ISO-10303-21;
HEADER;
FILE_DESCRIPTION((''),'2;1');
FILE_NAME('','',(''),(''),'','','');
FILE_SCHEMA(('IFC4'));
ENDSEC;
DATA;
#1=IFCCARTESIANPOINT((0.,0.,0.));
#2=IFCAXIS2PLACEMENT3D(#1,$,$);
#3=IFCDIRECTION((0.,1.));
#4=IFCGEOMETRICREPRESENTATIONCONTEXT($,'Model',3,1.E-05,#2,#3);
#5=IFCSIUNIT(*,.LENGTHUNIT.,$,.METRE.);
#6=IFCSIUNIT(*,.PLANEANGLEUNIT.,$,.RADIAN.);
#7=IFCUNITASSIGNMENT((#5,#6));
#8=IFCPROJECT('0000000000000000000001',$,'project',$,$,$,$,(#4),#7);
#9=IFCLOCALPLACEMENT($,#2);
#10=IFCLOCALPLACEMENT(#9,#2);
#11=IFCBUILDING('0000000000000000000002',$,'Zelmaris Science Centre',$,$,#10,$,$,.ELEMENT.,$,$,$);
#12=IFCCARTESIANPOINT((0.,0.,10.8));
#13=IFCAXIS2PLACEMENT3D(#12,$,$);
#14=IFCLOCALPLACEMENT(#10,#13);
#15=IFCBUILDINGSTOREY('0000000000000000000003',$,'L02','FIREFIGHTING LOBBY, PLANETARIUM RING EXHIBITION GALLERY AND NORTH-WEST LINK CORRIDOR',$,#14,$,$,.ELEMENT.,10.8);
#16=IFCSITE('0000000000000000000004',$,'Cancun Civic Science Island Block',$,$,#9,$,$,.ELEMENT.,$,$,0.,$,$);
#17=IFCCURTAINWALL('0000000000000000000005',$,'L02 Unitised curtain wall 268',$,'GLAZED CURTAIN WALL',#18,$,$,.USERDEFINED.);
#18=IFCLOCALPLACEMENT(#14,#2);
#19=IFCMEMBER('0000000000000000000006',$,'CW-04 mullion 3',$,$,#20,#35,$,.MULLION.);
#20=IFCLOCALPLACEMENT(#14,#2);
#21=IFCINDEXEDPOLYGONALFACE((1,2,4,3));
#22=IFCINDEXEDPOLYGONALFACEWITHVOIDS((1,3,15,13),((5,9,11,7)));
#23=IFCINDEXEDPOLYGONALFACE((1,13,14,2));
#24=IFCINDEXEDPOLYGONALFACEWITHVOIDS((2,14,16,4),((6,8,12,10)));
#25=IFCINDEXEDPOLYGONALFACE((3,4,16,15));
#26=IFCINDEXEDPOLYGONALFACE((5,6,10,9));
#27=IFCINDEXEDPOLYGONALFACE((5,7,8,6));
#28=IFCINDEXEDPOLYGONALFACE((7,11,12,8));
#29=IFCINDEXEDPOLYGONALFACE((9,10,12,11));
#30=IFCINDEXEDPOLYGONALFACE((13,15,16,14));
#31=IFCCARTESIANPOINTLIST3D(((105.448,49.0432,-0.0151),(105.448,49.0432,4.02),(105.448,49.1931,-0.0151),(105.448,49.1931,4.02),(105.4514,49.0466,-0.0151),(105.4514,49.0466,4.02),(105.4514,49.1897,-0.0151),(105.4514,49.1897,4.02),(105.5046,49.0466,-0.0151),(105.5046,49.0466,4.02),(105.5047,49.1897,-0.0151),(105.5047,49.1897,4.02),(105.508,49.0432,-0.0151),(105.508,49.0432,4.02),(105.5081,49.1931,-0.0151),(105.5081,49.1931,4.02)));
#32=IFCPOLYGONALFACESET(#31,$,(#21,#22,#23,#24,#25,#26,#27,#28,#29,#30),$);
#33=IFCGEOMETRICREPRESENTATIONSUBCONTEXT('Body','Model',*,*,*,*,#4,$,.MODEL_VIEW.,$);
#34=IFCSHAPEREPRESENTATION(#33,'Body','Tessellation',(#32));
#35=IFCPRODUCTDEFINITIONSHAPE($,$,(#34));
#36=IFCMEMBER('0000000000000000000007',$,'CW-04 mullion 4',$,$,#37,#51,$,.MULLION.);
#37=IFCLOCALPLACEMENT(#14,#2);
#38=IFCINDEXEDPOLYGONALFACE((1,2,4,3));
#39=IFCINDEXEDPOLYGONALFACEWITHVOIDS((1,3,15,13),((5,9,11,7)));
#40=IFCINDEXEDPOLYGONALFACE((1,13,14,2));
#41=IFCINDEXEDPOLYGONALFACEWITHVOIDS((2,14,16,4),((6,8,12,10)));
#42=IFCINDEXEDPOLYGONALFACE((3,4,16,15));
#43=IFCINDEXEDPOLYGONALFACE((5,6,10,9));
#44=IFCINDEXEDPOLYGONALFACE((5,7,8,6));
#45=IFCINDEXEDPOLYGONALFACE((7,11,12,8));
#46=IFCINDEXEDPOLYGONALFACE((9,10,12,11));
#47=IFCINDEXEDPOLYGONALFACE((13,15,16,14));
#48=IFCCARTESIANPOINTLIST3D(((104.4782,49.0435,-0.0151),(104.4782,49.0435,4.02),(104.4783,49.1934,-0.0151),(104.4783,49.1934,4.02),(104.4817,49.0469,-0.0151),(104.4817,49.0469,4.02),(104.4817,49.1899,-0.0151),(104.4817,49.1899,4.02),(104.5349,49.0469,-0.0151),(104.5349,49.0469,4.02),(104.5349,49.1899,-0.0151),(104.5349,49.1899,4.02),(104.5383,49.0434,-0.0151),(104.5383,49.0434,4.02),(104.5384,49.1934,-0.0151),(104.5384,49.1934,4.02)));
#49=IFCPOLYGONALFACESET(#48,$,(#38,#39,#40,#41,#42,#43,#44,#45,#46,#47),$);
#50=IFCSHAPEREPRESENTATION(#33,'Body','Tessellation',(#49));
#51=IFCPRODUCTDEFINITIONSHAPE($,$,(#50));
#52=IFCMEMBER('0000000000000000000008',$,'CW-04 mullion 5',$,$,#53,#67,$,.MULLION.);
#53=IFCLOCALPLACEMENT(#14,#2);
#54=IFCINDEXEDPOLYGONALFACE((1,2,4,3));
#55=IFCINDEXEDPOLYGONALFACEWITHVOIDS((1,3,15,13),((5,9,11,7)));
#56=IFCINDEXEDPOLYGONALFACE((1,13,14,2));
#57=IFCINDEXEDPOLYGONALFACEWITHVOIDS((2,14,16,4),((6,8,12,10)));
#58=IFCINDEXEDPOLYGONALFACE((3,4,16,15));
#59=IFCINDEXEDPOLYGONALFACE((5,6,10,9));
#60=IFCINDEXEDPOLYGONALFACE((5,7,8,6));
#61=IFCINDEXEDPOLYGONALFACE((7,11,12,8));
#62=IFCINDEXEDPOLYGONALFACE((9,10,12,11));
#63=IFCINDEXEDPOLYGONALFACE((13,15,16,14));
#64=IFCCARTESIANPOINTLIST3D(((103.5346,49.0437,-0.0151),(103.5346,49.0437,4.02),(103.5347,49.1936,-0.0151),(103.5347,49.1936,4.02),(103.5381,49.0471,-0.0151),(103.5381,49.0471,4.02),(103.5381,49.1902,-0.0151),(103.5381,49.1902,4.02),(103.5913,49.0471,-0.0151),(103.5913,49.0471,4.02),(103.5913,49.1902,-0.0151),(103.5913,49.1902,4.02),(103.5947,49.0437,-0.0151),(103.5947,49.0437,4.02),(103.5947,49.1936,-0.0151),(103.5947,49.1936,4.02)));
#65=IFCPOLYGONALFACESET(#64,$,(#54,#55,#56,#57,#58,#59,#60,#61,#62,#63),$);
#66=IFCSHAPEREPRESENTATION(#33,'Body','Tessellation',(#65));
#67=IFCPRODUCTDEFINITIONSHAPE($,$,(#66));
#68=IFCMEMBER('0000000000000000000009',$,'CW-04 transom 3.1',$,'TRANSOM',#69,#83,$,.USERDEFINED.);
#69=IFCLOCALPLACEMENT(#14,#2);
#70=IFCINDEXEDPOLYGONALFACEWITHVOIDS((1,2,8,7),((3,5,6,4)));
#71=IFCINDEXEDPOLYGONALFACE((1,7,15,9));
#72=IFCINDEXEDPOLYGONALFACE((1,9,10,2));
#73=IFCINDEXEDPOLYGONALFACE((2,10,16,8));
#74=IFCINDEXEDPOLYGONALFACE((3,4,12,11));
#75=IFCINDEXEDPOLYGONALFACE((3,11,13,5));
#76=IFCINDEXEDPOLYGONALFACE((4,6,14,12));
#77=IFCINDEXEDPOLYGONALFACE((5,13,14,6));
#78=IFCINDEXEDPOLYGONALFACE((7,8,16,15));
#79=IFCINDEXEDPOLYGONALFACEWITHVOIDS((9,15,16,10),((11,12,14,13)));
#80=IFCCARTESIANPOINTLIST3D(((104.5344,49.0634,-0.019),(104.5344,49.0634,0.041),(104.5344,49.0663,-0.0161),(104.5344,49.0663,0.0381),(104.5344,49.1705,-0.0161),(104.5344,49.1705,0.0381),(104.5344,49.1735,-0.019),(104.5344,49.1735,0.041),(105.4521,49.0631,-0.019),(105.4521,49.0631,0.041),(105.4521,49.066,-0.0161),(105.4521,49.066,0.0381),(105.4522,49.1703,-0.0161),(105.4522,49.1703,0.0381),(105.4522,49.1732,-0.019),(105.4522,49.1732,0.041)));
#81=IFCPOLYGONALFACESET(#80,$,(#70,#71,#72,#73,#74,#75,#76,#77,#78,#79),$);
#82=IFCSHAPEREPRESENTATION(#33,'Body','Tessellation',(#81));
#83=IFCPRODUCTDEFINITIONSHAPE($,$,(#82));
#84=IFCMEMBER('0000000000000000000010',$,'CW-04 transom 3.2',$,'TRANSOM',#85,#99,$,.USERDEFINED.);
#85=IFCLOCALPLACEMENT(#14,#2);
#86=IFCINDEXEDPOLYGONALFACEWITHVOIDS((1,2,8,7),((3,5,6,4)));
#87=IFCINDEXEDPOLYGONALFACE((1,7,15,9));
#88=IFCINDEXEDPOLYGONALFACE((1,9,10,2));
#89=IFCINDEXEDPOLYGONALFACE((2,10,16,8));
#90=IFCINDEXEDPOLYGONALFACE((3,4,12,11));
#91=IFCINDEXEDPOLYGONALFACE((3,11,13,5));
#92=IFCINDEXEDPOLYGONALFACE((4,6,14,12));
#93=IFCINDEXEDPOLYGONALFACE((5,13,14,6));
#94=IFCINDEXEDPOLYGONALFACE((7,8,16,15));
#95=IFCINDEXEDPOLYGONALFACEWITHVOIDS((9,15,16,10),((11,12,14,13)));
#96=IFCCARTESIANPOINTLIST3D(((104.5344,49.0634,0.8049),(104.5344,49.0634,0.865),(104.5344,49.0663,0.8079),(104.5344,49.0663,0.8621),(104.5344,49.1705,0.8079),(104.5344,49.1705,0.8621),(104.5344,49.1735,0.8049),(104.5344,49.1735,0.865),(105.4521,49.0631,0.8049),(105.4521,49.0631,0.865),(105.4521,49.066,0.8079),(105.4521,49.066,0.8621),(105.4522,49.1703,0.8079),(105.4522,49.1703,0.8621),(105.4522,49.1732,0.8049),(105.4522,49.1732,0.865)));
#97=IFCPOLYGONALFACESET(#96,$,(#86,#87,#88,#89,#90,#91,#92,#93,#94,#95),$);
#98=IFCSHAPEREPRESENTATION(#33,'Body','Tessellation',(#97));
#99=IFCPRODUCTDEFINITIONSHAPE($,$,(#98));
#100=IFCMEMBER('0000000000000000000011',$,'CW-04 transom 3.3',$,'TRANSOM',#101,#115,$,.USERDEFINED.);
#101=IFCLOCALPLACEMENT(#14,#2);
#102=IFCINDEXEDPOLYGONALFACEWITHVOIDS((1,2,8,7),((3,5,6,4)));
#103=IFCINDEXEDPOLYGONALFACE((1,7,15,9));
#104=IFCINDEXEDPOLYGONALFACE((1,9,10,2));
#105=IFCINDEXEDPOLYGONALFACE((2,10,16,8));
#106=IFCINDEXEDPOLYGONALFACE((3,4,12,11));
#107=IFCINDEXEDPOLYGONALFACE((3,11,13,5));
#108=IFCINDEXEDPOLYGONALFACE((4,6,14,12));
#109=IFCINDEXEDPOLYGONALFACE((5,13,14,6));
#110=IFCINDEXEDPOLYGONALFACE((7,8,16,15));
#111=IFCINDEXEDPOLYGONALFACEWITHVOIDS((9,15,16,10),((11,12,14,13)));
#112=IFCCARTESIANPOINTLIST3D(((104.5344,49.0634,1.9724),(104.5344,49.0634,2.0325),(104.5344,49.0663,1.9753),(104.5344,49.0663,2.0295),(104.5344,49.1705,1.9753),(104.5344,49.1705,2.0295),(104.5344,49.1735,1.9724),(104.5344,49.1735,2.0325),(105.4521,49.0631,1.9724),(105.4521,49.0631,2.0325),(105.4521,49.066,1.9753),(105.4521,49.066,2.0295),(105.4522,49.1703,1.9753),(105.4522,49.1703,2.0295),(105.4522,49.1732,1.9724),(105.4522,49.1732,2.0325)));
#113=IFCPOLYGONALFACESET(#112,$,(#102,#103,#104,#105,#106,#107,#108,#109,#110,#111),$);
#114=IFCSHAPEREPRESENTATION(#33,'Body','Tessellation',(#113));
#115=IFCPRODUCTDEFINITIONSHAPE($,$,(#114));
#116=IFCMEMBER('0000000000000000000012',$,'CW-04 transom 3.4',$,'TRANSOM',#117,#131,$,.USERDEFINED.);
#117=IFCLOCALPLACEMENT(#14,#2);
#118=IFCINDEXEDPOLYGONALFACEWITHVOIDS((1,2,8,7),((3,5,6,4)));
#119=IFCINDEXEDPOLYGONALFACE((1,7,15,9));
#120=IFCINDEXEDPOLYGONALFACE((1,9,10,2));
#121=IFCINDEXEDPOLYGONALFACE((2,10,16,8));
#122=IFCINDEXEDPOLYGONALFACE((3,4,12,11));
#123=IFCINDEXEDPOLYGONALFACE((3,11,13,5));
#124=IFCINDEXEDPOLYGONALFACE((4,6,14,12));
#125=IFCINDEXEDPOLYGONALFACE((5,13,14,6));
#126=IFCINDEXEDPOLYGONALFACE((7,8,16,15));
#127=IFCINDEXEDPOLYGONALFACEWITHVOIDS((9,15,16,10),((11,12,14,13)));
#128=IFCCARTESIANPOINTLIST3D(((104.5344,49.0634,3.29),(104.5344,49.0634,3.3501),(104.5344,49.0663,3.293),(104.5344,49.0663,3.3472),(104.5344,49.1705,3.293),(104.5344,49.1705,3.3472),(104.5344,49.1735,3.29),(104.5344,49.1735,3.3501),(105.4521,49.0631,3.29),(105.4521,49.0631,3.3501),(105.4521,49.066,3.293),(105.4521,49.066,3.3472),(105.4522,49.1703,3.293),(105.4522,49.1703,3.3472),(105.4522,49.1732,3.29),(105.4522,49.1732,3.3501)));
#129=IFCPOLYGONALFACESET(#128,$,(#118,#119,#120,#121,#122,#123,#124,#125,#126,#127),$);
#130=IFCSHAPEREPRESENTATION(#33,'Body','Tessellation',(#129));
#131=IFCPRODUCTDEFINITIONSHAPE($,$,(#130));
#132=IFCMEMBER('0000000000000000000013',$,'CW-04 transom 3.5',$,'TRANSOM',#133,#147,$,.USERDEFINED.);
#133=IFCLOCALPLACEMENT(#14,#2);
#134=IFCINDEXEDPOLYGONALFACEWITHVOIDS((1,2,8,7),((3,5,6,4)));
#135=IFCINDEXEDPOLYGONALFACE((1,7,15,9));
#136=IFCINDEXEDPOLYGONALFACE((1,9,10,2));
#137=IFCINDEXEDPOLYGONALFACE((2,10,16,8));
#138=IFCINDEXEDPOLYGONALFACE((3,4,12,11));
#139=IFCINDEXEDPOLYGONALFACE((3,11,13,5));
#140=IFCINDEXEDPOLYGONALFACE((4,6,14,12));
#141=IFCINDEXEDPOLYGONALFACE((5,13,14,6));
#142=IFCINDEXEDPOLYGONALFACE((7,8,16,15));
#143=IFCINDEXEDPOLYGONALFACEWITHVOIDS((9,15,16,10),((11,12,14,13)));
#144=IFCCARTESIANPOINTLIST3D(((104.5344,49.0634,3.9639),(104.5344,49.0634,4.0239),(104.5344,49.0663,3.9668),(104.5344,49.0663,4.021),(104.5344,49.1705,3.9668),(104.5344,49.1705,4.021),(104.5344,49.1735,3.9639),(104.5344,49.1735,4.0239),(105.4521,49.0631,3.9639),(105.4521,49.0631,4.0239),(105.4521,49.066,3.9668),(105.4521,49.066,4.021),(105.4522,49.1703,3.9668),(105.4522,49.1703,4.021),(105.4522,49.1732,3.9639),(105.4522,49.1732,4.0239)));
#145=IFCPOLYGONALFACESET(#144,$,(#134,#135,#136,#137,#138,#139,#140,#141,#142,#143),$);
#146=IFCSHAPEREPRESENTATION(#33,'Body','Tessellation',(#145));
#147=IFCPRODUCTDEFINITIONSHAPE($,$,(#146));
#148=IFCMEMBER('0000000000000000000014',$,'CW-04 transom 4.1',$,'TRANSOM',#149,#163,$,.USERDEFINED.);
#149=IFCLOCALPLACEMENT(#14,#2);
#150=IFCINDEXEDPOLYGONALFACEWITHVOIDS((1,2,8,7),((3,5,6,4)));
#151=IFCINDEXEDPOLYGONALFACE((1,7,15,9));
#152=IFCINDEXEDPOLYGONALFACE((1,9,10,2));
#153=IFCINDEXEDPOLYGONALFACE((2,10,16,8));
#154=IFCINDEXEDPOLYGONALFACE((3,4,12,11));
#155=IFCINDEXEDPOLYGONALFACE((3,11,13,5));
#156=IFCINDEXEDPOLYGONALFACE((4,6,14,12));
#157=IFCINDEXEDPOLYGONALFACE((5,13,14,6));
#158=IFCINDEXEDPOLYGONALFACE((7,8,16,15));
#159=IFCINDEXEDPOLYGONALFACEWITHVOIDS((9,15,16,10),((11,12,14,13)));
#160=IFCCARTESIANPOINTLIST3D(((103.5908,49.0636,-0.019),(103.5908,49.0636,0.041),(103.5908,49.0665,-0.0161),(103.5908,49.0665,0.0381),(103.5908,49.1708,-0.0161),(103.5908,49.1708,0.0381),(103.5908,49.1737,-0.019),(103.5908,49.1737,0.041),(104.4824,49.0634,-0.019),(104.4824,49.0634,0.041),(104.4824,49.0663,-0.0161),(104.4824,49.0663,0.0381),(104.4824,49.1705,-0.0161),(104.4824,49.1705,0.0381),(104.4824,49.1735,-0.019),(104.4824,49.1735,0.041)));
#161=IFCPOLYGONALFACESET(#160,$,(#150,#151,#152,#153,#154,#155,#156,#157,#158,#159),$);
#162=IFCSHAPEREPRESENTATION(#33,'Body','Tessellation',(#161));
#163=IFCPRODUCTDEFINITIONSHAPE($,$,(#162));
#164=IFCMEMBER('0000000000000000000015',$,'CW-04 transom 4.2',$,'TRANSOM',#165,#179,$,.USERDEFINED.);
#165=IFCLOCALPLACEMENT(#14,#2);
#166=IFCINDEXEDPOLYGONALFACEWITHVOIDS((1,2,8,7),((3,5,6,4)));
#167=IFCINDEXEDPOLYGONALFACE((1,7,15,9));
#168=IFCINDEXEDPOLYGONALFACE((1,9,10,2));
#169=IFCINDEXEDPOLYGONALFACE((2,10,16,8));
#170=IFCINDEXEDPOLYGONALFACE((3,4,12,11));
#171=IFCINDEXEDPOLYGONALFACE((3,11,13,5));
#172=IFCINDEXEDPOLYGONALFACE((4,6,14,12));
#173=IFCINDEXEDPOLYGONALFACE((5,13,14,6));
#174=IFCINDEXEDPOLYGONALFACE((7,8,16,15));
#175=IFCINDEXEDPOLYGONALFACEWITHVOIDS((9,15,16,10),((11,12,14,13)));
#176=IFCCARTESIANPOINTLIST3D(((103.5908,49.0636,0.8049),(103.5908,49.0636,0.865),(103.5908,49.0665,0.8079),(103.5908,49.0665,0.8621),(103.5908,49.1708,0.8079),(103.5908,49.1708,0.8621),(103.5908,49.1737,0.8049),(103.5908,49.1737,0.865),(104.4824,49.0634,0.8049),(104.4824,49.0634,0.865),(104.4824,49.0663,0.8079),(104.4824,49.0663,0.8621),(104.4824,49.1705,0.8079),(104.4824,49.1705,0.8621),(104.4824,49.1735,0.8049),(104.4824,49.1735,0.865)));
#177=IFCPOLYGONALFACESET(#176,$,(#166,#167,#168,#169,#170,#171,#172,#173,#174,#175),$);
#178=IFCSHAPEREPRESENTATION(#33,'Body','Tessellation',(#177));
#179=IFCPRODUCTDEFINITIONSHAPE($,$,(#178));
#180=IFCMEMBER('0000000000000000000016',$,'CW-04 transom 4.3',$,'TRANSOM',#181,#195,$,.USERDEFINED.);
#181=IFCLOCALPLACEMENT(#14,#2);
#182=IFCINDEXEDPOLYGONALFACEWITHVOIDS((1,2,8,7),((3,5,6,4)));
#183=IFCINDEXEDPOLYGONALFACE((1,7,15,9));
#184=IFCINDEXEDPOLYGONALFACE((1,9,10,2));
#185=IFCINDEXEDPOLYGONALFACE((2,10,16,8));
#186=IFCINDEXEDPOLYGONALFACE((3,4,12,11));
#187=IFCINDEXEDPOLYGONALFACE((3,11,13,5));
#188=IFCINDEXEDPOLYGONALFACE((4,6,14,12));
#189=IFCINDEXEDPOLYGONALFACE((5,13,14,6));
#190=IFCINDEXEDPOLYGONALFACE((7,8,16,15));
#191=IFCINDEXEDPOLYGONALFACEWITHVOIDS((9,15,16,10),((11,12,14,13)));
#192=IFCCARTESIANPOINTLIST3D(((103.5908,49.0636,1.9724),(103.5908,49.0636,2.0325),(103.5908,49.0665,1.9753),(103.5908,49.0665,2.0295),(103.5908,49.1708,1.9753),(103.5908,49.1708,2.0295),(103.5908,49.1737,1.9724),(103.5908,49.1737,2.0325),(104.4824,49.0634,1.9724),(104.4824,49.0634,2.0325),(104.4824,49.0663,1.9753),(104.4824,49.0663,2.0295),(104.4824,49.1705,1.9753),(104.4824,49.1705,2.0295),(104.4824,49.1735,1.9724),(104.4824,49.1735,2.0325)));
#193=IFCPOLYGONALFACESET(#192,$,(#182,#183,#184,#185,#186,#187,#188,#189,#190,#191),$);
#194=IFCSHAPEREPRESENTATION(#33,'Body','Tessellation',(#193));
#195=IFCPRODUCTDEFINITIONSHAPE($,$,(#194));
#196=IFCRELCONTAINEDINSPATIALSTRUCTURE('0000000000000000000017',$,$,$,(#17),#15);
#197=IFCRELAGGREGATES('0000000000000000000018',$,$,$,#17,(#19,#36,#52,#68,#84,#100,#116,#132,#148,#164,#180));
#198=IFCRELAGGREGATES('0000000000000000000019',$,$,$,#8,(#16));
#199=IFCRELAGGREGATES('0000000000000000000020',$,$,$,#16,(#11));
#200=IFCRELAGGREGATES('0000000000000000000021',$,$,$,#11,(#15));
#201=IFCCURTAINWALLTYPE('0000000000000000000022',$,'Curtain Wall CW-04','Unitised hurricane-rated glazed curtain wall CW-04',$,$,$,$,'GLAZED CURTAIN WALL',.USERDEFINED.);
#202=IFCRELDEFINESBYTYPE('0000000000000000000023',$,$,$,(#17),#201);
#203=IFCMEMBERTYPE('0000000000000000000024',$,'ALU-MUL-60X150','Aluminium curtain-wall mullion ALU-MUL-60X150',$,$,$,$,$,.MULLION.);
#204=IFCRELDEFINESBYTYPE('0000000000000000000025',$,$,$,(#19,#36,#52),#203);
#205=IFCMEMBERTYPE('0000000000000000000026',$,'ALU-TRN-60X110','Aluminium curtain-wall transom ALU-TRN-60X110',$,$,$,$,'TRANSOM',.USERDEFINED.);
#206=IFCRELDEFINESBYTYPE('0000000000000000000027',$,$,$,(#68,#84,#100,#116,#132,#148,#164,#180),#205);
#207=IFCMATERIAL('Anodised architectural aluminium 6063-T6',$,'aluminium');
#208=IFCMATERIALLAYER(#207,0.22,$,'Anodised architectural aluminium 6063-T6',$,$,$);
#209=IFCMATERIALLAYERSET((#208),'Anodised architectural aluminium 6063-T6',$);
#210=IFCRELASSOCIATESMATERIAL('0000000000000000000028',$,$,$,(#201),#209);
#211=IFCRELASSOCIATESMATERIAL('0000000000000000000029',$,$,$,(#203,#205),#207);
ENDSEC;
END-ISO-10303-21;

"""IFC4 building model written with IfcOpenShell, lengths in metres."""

from ifc_helpers import new_model, si_unit, direction, frame, origin, origin_2d, place, context, subcontext, project, spatial, hollow_rectangle, extrude, material, layer, layer_set, material_profile, profile_set, type_object, element, aggregate, save


model = new_model("IFC4")

# Units and contexts
model_context = context("Model", 3, precision=1e-05, world=origin(), true_north=direction((0.0, 1.0)))
body_context = subcontext(model_context, "Body", "Model", "MODEL_VIEW")
ifc_project = project(units=[si_unit("LENGTHUNIT", "METRE"), si_unit("PLANEANGLEUNIT", "RADIAN")], contexts=[model_context])

# Site, building, storey
site_placement = place(None, origin())
site = spatial("IfcSite", under=ifc_project, at=site_placement, Name="Cancun Civic Science Island Block", CompositionType="ELEMENT", RefElevation=0.0)
building_placement = place(site_placement, origin())
building = spatial("IfcBuilding", under=site, at=building_placement, Name="Zelmaris Science Centre", CompositionType="ELEMENT")
storey_placement = place(building_placement, frame((0.0, 0.0, 10.8)))
storey = spatial("IfcBuildingStorey", under=building, at=storey_placement, Name="L02", Description="FIREFIGHTING LOBBY, PLANETARIUM RING EXHIBITION GALLERY AND NORTH-WEST LINK CORRIDOR", CompositionType="ELEMENT", Elevation=10.8)

# Curtain wall, members
ifc_material_1 = material(Name="Anodised architectural aluminium 6063-T6", Category="aluminium")
ifc_layer_1 = layer(ifc_material_1, 0.22, Name="Anodised architectural aluminium 6063-T6")
ifc_layer_set_1 = layer_set([ifc_layer_1], Name="Anodised architectural aluminium 6063-T6")
curtain_wall_type = type_object("IfcCurtainWallType", Name="Curtain Wall CW-04", Description="Unitised hurricane-rated glazed curtain wall CW-04", ElementType="GLAZED CURTAIN WALL", PredefinedType="USERDEFINED", material=ifc_layer_set_1)
curtain_wall_placement = place(storey_placement, origin())
curtain_wall = element("IfcCurtainWall", 1, at=curtain_wall_placement, inside=storey, type_object=curtain_wall_type, Name="L02 Unitised curtain wall 268", ObjectType="GLAZED CURTAIN WALL", PredefinedType="USERDEFINED")
ifc_material_profile_1 = material_profile(ifc_material_1, hollow_rectangle(XDim=0.0601, YDim=0.1499, WallThickness=0.0034, at=origin_2d()), Name="ALU-MUL-60X150")
ifc_profile_set_1 = profile_set([ifc_material_profile_1], Name="Anodised architectural aluminium 6063-T6")
member_type_1 = type_object("IfcMemberType", Name="ALU-MUL-60X150", Description="Aluminium curtain-wall mullion ALU-MUL-60X150", PredefinedType="MULLION", material=ifc_profile_set_1)
member_1_placement = place(storey_placement, frame((105.478, 49.1182, -0.0151), z_axis=(0.0, 0.0, 1.0), x_axis=(-1.0, 0.000297, 0.0)))
member_1 = element("IfcMember", 2, at=member_1_placement, type_object=member_type_1, Name="CW-04 mullion 3", PredefinedType="MULLION", context=body_context, shape_type="SweptSolid", body=[
    extrude(hollow_rectangle(XDim=0.0601, YDim=0.1499, WallThickness=0.0034, at=origin_2d()), origin(), (0.0, 0.0, 1.0), 4.0352),
])
member_2_placement = place(storey_placement, frame((104.5083, 49.1184, -0.0151), z_axis=(0.0, 0.0, 1.0), x_axis=(-1.0, 0.000297, 0.0)))
member_2 = element("IfcMember", 3, at=member_2_placement, type_object=member_type_1, Name="CW-04 mullion 4", PredefinedType="MULLION", context=body_context, shape_type="SweptSolid", body=[
    extrude(hollow_rectangle(XDim=0.0601, YDim=0.1499, WallThickness=0.0034, at=origin_2d()), origin(), (0.0, 0.0, 1.0), 4.0352),
])
member_3_placement = place(storey_placement, frame((103.5647, 49.1187, -0.0151), z_axis=(0.0, 0.0, 1.0), x_axis=(-1.0, 0.000297, 0.0)))
member_3 = element("IfcMember", 4, at=member_3_placement, type_object=member_type_1, Name="CW-04 mullion 5", PredefinedType="MULLION", context=body_context, shape_type="SweptSolid", body=[
    extrude(hollow_rectangle(XDim=0.0601, YDim=0.1499, WallThickness=0.0034, at=origin_2d()), origin(), (0.0, 0.0, 1.0), 4.0352),
])
ifc_material_profile_2 = material_profile(ifc_material_1, hollow_rectangle(XDim=0.0601, YDim=0.1101, WallThickness=0.0029, at=origin_2d()), Name="ALU-TRN-60X110")
ifc_profile_set_2 = profile_set([ifc_material_profile_2], Name="Anodised architectural aluminium 6063-T6")
member_type_2 = type_object("IfcMemberType", Name="ALU-TRN-60X110", Description="Aluminium curtain-wall transom ALU-TRN-60X110", ElementType="TRANSOM", PredefinedType="USERDEFINED", material=ifc_profile_set_2)
member_4_placement = place(storey_placement, frame((105.4521, 49.1182, 0.011), z_axis=(-1.0, 0.000266, 0.0), x_axis=(0.0, 0.0, 1.0)))
member_4 = element("IfcMember", 5, at=member_4_placement, type_object=member_type_2, Name="CW-04 transom 3.1", ObjectType="TRANSOM", PredefinedType="USERDEFINED", context=body_context, shape_type="SweptSolid", body=[
    extrude(hollow_rectangle(XDim=0.0601, YDim=0.1101, WallThickness=0.0029, at=origin_2d()), origin(), (0.0, 0.0, 1.0), 0.9177),
])
member_5_placement = place(storey_placement, frame((105.4521, 49.1182, 0.835), z_axis=(-1.0, 0.000266, 0.0), x_axis=(0.0, 0.0, 1.0)))
member_5 = element("IfcMember", 6, at=member_5_placement, type_object=member_type_2, Name="CW-04 transom 3.2", ObjectType="TRANSOM", PredefinedType="USERDEFINED", context=body_context, shape_type="SweptSolid", body=[
    extrude(hollow_rectangle(XDim=0.0601, YDim=0.1101, WallThickness=0.0029, at=origin_2d()), origin(), (0.0, 0.0, 1.0), 0.9177),
])
member_6_placement = place(storey_placement, frame((105.4521, 49.1182, 2.0024), z_axis=(-1.0, 0.000266, 0.0), x_axis=(0.0, 0.0, 1.0)))
member_6 = element("IfcMember", 7, at=member_6_placement, type_object=member_type_2, Name="CW-04 transom 3.3", ObjectType="TRANSOM", PredefinedType="USERDEFINED", context=body_context, shape_type="SweptSolid", body=[
    extrude(hollow_rectangle(XDim=0.0601, YDim=0.1101, WallThickness=0.0029, at=origin_2d()), origin(), (0.0, 0.0, 1.0), 0.9177),
])
member_7_placement = place(storey_placement, frame((105.4521, 49.1182, 3.3201), z_axis=(-1.0, 0.000266, 0.0), x_axis=(0.0, 0.0, 1.0)))
member_7 = element("IfcMember", 8, at=member_7_placement, type_object=member_type_2, Name="CW-04 transom 3.4", ObjectType="TRANSOM", PredefinedType="USERDEFINED", context=body_context, shape_type="SweptSolid", body=[
    extrude(hollow_rectangle(XDim=0.0601, YDim=0.1101, WallThickness=0.0029, at=origin_2d()), origin(), (0.0, 0.0, 1.0), 0.9177),
])
member_8_placement = place(storey_placement, frame((105.4521, 49.1182, 3.9939), z_axis=(-1.0, 0.000266, 0.0), x_axis=(0.0, 0.0, 1.0)))
member_8 = element("IfcMember", 9, at=member_8_placement, type_object=member_type_2, Name="CW-04 transom 3.5", ObjectType="TRANSOM", PredefinedType="USERDEFINED", context=body_context, shape_type="SweptSolid", body=[
    extrude(hollow_rectangle(XDim=0.0601, YDim=0.1101, WallThickness=0.0029, at=origin_2d()), origin(), (0.0, 0.0, 1.0), 0.9177),
])
member_9_placement = place(storey_placement, frame((104.4824, 49.1184, 0.011), z_axis=(-1.0, 0.000274, 0.0), x_axis=(0.0, 0.0, 1.0)))
member_9 = element("IfcMember", 10, at=member_9_placement, type_object=member_type_2, Name="CW-04 transom 4.1", ObjectType="TRANSOM", PredefinedType="USERDEFINED", context=body_context, shape_type="SweptSolid", body=[
    extrude(hollow_rectangle(XDim=0.0601, YDim=0.1101, WallThickness=0.0029, at=origin_2d()), origin(), (0.0, 0.0, 1.0), 0.8916),
])
member_10_placement = place(storey_placement, frame((104.4824, 49.1184, 0.835), z_axis=(-1.0, 0.000274, 0.0), x_axis=(0.0, 0.0, 1.0)))
member_10 = element("IfcMember", 11, at=member_10_placement, type_object=member_type_2, Name="CW-04 transom 4.2", ObjectType="TRANSOM", PredefinedType="USERDEFINED", context=body_context, shape_type="SweptSolid", body=[
    extrude(hollow_rectangle(XDim=0.0601, YDim=0.1101, WallThickness=0.0029, at=origin_2d()), origin(), (0.0, 0.0, 1.0), 0.8916),
])
member_11_placement = place(storey_placement, frame((104.4824, 49.1184, 2.0024), z_axis=(-1.0, 0.000274, 0.0), x_axis=(0.0, 0.0, 1.0)))
member_11 = element("IfcMember", 12, at=member_11_placement, type_object=member_type_2, Name="CW-04 transom 4.3", ObjectType="TRANSOM", PredefinedType="USERDEFINED", context=body_context, shape_type="SweptSolid", body=[
    extrude(hollow_rectangle(XDim=0.0601, YDim=0.1101, WallThickness=0.0029, at=origin_2d()), origin(), (0.0, 0.0, 1.0), 0.8916),
])
aggregate(curtain_wall, [member_1, member_2, member_3, member_4, member_5, member_6, member_7, member_8, member_9, member_10, member_11])

save(model, "model.ifc")
